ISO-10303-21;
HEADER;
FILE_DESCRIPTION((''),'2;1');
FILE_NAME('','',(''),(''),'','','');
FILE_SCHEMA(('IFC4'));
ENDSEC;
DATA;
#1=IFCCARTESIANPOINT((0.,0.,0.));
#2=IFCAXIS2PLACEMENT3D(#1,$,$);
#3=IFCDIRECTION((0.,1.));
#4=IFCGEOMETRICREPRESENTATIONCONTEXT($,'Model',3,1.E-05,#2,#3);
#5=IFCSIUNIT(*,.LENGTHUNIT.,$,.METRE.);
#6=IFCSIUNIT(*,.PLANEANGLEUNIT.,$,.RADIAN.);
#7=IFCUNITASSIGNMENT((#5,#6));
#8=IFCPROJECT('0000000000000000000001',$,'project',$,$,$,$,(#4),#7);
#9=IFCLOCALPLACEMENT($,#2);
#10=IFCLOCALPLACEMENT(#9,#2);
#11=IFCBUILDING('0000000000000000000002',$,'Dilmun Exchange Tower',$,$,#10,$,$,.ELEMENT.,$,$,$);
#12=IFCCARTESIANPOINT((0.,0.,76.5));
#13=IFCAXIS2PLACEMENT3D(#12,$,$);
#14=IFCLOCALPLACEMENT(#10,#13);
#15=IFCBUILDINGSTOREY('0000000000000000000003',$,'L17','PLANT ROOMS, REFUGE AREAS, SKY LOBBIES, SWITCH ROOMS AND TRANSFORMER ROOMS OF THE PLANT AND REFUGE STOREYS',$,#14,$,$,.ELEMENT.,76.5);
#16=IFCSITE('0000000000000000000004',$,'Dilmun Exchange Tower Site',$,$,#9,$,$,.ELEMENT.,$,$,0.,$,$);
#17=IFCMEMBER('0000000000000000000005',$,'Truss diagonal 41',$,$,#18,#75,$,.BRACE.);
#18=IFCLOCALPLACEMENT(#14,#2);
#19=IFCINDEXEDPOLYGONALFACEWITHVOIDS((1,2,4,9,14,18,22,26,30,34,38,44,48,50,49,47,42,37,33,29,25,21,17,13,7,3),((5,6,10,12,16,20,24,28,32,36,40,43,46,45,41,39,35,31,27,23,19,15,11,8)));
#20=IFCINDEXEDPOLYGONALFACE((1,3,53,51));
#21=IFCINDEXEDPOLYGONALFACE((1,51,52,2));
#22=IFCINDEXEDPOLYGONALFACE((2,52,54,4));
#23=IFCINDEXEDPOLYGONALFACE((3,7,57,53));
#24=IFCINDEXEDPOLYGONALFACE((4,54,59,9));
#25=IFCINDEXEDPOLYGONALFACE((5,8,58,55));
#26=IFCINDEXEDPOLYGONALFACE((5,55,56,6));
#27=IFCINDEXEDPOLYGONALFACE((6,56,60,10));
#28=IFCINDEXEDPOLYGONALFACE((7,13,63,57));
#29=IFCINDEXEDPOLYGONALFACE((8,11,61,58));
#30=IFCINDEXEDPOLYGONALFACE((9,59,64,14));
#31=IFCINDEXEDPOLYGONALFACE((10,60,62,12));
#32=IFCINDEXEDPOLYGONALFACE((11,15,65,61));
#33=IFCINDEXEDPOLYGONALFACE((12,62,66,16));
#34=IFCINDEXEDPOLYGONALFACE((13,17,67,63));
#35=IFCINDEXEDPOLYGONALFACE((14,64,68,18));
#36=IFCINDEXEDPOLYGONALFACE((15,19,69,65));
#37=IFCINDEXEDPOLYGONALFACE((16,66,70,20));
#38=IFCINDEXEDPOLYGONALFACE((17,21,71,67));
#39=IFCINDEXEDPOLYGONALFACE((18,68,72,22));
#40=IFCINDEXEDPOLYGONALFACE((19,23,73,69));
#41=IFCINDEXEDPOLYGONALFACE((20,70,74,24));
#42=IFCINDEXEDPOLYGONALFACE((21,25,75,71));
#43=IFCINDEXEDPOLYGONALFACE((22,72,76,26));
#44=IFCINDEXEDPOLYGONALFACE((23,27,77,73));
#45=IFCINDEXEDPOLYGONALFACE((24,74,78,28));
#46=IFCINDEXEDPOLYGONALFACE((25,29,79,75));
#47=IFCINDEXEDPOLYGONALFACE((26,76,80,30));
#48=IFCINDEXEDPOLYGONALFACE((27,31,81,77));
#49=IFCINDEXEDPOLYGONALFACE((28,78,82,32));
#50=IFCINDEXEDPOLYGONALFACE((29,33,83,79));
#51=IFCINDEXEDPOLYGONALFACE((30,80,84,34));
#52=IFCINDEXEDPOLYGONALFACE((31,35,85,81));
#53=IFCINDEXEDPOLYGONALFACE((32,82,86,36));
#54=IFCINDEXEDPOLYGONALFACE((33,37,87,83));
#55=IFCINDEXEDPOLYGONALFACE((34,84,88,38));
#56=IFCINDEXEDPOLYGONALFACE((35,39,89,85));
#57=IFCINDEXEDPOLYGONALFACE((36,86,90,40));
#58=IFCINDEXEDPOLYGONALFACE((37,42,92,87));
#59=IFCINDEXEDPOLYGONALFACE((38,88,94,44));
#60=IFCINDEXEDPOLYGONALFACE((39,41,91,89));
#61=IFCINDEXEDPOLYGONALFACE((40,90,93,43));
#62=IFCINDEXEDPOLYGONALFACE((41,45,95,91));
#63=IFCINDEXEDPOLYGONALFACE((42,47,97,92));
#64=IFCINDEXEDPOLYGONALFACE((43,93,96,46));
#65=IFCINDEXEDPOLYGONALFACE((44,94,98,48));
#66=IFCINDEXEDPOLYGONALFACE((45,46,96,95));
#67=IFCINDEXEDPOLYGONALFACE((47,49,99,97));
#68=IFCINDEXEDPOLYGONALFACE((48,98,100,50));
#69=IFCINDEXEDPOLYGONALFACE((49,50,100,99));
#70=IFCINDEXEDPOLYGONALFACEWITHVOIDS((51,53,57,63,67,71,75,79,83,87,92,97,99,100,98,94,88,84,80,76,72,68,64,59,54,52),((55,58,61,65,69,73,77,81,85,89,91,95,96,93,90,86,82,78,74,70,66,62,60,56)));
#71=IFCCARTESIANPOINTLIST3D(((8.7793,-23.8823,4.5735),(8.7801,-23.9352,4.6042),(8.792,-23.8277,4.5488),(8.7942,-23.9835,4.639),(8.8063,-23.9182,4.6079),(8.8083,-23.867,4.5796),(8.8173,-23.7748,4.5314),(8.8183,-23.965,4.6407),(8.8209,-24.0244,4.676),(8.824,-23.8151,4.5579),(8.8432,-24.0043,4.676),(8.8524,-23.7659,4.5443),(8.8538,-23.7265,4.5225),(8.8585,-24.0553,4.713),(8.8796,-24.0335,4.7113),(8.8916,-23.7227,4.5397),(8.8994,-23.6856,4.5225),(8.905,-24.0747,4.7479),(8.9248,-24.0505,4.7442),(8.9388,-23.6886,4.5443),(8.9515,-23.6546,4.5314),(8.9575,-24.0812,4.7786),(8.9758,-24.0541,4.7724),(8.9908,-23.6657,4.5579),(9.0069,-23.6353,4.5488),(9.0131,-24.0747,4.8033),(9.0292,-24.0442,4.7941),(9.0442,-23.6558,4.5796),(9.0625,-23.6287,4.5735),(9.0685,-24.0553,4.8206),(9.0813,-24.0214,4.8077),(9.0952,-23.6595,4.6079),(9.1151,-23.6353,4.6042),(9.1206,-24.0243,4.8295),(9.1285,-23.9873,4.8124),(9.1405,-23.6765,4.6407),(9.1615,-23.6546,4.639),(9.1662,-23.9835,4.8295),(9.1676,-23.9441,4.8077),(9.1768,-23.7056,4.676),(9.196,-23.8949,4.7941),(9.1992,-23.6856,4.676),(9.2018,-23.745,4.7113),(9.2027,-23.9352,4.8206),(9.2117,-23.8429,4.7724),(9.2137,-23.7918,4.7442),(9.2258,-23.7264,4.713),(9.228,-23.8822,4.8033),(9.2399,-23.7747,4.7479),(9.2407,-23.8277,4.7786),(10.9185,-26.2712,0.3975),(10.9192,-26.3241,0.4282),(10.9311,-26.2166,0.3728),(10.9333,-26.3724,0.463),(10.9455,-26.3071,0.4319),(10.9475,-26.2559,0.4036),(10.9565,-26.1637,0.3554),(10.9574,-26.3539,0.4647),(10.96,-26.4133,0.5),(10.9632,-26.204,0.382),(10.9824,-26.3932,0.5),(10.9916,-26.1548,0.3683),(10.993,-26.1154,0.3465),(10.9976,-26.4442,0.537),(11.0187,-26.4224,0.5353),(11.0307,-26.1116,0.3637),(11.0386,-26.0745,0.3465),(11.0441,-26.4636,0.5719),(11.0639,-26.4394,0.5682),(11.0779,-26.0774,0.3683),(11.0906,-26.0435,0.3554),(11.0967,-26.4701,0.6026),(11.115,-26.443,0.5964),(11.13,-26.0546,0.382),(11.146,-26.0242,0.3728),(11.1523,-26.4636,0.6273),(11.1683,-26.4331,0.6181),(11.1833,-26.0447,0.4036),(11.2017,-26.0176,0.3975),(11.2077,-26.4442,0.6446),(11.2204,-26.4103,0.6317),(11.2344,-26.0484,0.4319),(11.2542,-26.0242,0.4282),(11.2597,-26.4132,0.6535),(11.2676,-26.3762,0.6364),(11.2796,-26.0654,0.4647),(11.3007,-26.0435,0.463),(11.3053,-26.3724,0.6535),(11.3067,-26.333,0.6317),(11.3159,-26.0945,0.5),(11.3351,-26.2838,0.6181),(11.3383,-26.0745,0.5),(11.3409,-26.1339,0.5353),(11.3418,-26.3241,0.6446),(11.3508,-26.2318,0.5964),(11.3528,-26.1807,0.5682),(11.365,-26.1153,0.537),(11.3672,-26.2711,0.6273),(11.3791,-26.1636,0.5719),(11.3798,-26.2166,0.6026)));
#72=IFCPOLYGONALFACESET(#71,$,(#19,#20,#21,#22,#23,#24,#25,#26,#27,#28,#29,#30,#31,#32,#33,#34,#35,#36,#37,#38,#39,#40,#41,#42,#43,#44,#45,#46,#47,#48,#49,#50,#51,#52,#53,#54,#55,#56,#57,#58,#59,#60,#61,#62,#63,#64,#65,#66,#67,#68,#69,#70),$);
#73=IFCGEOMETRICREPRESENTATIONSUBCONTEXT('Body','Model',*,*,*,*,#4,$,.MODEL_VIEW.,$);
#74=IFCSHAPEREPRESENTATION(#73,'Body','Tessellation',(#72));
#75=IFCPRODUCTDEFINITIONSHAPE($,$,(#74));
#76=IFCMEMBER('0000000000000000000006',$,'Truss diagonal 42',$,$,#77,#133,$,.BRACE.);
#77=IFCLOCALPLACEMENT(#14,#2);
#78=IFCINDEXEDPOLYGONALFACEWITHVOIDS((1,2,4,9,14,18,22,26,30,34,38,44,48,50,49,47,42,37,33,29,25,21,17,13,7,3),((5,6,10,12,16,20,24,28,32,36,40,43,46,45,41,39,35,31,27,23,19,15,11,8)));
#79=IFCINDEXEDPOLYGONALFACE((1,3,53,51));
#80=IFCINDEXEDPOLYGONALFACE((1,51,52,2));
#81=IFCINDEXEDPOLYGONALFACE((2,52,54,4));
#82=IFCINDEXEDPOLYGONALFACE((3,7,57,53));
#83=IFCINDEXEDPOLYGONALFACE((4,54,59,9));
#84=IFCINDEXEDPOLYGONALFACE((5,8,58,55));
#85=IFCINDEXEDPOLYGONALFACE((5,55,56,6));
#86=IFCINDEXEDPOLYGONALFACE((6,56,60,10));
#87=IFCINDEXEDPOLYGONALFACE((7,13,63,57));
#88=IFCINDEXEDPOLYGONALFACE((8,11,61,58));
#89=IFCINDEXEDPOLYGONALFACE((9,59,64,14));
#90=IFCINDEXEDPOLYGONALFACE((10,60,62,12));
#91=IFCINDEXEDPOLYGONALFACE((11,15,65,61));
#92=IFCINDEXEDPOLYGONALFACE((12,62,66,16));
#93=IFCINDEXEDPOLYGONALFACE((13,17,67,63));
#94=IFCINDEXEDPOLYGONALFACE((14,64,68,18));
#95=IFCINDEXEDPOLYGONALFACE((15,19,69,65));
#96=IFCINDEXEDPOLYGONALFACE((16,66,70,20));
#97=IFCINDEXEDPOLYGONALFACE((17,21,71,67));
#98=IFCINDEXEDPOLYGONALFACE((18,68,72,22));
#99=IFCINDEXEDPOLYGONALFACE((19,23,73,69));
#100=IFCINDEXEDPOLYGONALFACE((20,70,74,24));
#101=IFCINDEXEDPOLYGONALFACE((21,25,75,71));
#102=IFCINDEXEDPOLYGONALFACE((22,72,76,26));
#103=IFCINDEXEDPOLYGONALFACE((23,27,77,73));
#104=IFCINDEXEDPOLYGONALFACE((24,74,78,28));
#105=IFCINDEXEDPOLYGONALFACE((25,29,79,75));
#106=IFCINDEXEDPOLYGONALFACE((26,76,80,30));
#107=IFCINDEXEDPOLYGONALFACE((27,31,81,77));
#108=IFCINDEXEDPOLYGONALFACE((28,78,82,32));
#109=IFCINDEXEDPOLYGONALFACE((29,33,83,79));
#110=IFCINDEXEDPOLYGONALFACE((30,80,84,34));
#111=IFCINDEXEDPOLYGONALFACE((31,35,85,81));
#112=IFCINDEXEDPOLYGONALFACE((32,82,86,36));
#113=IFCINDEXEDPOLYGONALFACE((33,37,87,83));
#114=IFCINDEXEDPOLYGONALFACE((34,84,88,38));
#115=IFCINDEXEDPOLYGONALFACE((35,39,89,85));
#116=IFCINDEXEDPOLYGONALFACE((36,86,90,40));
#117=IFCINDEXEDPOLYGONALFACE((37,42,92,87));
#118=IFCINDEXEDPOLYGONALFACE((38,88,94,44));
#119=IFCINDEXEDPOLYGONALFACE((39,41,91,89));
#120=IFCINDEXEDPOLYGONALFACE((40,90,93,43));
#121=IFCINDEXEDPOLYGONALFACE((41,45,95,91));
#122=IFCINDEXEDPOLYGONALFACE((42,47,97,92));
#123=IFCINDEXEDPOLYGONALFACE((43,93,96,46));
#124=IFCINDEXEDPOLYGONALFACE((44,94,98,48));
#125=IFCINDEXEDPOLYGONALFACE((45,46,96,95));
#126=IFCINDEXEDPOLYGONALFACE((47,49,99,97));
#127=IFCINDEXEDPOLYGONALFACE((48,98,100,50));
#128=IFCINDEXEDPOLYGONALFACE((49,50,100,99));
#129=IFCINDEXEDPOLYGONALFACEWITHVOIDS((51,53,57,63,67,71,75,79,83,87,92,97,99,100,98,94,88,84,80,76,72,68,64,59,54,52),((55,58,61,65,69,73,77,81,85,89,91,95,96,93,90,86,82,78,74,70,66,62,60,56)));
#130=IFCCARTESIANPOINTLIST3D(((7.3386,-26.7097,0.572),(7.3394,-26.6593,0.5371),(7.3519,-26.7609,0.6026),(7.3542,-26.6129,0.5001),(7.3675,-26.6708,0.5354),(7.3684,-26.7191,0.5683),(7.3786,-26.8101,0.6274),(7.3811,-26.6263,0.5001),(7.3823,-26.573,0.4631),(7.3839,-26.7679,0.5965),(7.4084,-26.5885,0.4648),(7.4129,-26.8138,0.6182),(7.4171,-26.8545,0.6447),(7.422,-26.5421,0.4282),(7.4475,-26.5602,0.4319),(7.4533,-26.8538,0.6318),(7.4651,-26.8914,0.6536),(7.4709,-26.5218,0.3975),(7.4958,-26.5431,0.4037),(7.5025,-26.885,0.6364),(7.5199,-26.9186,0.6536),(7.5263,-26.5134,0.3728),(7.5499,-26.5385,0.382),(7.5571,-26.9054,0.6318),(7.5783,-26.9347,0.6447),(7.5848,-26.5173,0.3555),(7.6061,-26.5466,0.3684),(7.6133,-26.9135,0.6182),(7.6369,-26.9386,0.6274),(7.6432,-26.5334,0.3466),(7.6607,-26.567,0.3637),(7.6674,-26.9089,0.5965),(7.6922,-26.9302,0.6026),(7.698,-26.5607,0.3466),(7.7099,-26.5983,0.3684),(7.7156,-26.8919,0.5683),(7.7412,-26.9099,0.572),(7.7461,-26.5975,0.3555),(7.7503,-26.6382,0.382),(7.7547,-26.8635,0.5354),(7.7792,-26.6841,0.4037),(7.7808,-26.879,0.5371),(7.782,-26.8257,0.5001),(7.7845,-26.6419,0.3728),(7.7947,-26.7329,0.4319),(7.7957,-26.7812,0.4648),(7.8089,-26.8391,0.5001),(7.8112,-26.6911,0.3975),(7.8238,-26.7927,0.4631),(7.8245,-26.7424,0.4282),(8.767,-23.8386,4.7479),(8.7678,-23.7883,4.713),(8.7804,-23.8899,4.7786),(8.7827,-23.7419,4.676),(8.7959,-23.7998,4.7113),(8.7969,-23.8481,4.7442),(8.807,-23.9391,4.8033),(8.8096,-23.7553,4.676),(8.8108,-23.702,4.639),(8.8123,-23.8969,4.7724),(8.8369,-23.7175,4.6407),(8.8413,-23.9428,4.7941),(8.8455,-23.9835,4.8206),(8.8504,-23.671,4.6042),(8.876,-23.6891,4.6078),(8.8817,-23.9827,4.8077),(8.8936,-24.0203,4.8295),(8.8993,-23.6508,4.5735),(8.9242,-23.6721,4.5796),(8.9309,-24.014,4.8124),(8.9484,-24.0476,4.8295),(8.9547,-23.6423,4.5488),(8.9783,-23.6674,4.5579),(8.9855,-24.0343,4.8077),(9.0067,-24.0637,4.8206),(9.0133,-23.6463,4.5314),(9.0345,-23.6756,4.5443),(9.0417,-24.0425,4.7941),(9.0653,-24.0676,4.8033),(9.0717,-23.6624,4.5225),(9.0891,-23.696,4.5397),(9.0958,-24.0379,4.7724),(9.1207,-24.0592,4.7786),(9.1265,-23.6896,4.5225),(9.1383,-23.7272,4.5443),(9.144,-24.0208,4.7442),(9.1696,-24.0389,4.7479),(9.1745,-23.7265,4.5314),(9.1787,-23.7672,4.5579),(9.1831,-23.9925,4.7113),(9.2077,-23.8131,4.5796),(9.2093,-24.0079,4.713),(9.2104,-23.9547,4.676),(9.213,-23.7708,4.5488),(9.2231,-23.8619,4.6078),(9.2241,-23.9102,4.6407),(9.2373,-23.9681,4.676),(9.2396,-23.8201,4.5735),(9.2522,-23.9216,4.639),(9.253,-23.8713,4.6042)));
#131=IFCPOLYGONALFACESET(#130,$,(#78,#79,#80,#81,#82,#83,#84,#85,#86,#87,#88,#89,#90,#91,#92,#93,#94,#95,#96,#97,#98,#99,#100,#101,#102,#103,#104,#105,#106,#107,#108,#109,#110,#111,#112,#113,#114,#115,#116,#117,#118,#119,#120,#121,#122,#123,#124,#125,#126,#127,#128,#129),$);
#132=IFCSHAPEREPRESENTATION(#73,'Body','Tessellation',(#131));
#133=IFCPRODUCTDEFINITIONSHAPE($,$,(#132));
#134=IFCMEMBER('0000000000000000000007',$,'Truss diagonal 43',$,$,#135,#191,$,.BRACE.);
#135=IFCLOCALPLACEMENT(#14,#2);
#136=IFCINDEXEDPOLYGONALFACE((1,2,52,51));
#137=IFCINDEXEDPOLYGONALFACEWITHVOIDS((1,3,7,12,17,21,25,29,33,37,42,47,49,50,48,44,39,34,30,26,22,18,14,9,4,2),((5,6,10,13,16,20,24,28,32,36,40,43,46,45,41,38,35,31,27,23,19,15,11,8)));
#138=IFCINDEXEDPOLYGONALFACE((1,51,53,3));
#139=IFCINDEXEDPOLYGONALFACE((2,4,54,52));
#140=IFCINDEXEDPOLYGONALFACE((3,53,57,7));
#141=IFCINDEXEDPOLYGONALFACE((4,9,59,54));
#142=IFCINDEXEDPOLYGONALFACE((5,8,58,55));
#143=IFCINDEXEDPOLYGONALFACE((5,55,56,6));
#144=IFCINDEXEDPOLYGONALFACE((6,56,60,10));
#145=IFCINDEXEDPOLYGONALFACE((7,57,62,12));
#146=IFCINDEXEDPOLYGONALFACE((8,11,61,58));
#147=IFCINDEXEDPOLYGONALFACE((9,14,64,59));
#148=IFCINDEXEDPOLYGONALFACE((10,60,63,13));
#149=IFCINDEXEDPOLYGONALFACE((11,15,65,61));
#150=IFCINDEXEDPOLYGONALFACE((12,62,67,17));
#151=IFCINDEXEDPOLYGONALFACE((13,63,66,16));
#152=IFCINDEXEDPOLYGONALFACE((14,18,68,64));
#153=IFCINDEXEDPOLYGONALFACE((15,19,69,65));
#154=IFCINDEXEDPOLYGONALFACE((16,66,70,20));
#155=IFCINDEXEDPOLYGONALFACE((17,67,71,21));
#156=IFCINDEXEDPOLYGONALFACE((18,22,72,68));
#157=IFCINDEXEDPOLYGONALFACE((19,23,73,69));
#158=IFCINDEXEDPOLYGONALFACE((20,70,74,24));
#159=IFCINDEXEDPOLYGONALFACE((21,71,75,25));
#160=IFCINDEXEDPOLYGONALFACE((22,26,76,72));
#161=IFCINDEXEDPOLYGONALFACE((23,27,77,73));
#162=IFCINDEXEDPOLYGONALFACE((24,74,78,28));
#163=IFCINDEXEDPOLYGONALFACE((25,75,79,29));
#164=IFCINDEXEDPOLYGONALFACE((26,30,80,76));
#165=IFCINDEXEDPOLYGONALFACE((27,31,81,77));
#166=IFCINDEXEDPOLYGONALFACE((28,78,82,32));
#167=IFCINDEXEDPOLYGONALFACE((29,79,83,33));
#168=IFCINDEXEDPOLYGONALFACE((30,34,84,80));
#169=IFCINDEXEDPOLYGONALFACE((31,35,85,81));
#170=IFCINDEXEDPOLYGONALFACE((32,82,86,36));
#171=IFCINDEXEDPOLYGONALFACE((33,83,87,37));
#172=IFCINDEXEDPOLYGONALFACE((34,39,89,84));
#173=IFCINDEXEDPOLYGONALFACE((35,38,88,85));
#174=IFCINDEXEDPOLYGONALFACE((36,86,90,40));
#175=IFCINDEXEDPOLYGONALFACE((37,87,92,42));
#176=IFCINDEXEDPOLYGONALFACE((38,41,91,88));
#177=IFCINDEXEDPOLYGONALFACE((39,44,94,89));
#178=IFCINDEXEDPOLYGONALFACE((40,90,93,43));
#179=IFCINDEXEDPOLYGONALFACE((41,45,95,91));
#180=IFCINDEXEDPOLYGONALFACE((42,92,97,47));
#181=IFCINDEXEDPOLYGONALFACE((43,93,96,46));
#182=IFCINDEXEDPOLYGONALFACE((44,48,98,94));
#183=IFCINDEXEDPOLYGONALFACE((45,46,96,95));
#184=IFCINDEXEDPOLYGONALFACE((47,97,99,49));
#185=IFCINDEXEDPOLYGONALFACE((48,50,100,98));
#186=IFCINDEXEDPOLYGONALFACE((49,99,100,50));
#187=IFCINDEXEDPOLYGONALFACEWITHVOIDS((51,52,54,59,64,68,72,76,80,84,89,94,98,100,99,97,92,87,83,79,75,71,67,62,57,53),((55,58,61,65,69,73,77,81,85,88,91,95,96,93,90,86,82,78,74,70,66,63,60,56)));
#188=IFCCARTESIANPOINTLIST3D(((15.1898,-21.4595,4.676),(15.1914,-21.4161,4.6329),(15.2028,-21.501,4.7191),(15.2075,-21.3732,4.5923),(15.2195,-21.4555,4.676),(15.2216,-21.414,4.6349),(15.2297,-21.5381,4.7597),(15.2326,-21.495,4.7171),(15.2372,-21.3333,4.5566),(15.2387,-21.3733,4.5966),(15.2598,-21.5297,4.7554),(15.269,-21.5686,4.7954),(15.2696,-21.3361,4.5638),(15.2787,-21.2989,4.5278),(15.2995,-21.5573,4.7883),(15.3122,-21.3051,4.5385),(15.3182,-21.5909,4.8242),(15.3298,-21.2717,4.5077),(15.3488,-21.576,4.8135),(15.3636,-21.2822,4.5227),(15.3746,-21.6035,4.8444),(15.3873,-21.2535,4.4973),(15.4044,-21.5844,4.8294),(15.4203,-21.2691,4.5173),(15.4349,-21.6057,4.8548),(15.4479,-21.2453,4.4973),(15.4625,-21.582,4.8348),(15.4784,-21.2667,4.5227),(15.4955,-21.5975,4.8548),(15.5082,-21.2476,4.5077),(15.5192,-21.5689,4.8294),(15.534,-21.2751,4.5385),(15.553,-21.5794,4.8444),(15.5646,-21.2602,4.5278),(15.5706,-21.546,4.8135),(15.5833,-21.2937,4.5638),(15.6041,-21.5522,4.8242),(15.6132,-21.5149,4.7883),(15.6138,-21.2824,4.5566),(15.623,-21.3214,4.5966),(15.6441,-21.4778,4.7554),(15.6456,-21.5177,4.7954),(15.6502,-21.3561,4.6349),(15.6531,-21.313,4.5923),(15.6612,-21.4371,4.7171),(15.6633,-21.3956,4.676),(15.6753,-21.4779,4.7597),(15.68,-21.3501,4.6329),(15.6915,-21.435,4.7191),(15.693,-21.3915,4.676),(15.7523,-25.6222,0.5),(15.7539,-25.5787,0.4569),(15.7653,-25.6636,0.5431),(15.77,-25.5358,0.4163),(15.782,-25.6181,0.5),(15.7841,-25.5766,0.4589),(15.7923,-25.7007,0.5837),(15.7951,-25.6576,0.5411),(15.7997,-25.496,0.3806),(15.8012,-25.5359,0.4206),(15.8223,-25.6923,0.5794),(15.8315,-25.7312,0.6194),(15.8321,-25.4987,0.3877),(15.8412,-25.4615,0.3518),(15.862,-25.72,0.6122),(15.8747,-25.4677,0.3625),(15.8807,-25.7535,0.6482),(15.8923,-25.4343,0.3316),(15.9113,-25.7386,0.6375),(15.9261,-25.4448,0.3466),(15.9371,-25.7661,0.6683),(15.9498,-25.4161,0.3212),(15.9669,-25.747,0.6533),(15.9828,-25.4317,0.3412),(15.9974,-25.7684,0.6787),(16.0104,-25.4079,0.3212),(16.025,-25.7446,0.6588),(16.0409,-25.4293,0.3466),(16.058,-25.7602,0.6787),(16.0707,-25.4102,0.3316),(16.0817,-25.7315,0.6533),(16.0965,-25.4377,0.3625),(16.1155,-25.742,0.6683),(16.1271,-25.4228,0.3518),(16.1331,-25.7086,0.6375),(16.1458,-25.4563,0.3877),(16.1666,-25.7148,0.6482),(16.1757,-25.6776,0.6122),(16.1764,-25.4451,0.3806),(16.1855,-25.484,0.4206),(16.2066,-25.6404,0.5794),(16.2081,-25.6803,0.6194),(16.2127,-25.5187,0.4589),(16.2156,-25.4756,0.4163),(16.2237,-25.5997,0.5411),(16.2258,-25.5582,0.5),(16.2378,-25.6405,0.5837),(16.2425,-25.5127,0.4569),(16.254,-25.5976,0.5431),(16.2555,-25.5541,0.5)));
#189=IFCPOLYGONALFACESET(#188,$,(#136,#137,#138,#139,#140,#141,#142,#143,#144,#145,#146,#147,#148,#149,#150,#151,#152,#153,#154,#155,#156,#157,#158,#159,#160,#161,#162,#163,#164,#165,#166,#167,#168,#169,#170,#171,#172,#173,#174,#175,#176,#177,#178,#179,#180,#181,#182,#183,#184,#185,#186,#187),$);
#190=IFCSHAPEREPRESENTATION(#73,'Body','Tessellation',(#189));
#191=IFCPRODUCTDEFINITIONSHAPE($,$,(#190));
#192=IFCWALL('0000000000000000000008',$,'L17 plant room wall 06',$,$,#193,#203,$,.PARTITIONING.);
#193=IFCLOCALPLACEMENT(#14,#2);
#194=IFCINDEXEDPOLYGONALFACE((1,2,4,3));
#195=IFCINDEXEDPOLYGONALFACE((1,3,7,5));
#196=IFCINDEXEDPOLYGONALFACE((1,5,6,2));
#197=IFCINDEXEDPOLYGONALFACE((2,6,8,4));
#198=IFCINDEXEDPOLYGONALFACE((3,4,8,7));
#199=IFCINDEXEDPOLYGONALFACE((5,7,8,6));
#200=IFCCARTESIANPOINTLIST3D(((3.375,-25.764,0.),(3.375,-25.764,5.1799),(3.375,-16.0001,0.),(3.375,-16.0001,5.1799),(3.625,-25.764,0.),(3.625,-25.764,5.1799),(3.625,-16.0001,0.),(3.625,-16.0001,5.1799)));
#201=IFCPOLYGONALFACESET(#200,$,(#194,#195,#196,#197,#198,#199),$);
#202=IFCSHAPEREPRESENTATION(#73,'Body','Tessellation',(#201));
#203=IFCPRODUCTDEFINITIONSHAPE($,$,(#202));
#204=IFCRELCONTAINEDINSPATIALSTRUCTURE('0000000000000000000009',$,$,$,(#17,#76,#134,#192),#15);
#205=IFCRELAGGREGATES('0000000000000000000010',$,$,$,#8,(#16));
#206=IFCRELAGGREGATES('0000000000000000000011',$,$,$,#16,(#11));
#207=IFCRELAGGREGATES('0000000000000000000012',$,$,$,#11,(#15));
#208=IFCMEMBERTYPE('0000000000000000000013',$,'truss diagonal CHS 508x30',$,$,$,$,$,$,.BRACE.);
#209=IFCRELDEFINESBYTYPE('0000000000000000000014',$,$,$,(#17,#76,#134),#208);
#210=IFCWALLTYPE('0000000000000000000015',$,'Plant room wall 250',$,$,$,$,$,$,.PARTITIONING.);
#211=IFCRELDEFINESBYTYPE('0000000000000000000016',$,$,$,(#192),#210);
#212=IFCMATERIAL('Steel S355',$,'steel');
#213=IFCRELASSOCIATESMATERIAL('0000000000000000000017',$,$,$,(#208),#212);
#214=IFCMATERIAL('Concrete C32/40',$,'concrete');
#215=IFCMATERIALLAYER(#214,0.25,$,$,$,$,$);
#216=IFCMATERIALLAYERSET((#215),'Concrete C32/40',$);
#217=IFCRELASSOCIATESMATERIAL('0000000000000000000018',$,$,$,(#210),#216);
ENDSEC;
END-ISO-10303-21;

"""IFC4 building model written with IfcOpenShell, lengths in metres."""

from ifc_helpers import new_model, si_unit, direction, frame, frame_2d, origin, origin_2d, place, context, subcontext, project, spatial, rectangle, hollow_circle, extrude, material, layer, layer_set, material_profile, profile_set, type_object, element, save


model = new_model("IFC4")

# Units and contexts
model_context = context("Model", 3, precision=1e-05, world=origin(), true_north=direction((0.0, 1.0)))
body_context = subcontext(model_context, "Body", "Model", "MODEL_VIEW")
ifc_project = project(units=[si_unit("LENGTHUNIT", "METRE"), si_unit("PLANEANGLEUNIT", "RADIAN")], contexts=[model_context])

# Site, building, storey
site_placement = place(None, origin())
site = spatial("IfcSite", under=ifc_project, at=site_placement, Name="Dilmun Exchange Tower Site", CompositionType="ELEMENT", RefElevation=0.0)
building_placement = place(site_placement, origin())
building = spatial("IfcBuilding", under=site, at=building_placement, Name="Dilmun Exchange Tower", CompositionType="ELEMENT")
storey_placement = place(building_placement, frame((0.0, 0.0, 76.5)))
storey = spatial("IfcBuildingStorey", under=building, at=storey_placement, Name="L17", Description="PLANT ROOMS, REFUGE AREAS, SKY LOBBIES, SWITCH ROOMS AND TRANSFORMER ROOMS OF THE PLANT AND REFUGE STOREYS", CompositionType="ELEMENT", Elevation=76.5)

# Shared definitions
ifc_material_1 = material(Name="Steel S355", Category="steel")

# Members
ifc_material_profile_1 = material_profile(ifc_material_1, hollow_circle(Radius=0.2539, WallThickness=0.03, at=origin_2d()), Name="CHS 508x30")
ifc_profile_set_1 = profile_set([ifc_material_profile_1], Name="Steel S355")
member_type = type_object("IfcMemberType", Name="truss diagonal CHS 508x30", PredefinedType="BRACE", material=ifc_profile_set_1)
for number, where, z_axis, x_axis, name in (
    (1, (9.01, -23.855, 4.676), (0.406284, -0.45372, -0.79314), (0.744976, 0.667091, 0.0), "Truss diagonal 41"),
    (2, (9.01, -23.855, 4.676), (-0.271301, -0.545291, -0.793129), (0.895309, -0.445446, 0.0), "Truss diagonal 42"),
):
    element("IfcMember", number, at=place(storey_placement, frame(where, z_axis=z_axis, x_axis=x_axis)), inside=storey, type_object=member_type, Name=name, PredefinedType="BRACE", context=body_context, shape_type="SweptSolid", body=[
        extrude(hollow_circle(Radius=0.2539, WallThickness=0.03, at=origin_2d()), origin(), (0.0, 0.0, 1.0), 5.2651),
    ])
member_1_placement = place(storey_placement, frame((15.4414, -21.4255, 4.676), z_axis=(0.094968, -0.702776, -0.705044), x_axis=(0.990993, 0.133915, 0.0)))
element("IfcMember", 3, at=member_1_placement, inside=storey, type_object=member_type, Name="Truss diagonal 43", PredefinedType="BRACE", context=body_context, shape_type="SweptSolid", body=[
    extrude(hollow_circle(Radius=0.2539, WallThickness=0.03, at=origin_2d()), origin(), (0.0, 0.0, 1.0), 5.9231),
])

# Wall
ifc_material_2 = material(Name="Concrete C32/40", Category="concrete")
ifc_layer_1 = layer(ifc_material_2, 0.25)
ifc_layer_set_1 = layer_set([ifc_layer_1], Name="Concrete C32/40")
wall_type = type_object("IfcWallType", Name="Plant room wall 250", PredefinedType="PARTITIONING", material=ifc_layer_set_1)
wall_1_placement = place(storey_placement, frame((3.5, -25.7639, 0.0), z_axis=(0.0, 0.0, 1.0), x_axis=(0.0, 1.0, 0.0)))
element("IfcWall", 4, at=wall_1_placement, inside=storey, type_object=wall_type, Name="L17 plant room wall 06", PredefinedType="PARTITIONING", context=body_context, shape_type="SweptSolid", body=[
    extrude(rectangle(XDim=9.7639, YDim=0.25, at=frame_2d((4.8818, 0.0))), origin(), (0.0, 0.0, 1.0), 5.1799),
])

save(model, "model.ifc")
